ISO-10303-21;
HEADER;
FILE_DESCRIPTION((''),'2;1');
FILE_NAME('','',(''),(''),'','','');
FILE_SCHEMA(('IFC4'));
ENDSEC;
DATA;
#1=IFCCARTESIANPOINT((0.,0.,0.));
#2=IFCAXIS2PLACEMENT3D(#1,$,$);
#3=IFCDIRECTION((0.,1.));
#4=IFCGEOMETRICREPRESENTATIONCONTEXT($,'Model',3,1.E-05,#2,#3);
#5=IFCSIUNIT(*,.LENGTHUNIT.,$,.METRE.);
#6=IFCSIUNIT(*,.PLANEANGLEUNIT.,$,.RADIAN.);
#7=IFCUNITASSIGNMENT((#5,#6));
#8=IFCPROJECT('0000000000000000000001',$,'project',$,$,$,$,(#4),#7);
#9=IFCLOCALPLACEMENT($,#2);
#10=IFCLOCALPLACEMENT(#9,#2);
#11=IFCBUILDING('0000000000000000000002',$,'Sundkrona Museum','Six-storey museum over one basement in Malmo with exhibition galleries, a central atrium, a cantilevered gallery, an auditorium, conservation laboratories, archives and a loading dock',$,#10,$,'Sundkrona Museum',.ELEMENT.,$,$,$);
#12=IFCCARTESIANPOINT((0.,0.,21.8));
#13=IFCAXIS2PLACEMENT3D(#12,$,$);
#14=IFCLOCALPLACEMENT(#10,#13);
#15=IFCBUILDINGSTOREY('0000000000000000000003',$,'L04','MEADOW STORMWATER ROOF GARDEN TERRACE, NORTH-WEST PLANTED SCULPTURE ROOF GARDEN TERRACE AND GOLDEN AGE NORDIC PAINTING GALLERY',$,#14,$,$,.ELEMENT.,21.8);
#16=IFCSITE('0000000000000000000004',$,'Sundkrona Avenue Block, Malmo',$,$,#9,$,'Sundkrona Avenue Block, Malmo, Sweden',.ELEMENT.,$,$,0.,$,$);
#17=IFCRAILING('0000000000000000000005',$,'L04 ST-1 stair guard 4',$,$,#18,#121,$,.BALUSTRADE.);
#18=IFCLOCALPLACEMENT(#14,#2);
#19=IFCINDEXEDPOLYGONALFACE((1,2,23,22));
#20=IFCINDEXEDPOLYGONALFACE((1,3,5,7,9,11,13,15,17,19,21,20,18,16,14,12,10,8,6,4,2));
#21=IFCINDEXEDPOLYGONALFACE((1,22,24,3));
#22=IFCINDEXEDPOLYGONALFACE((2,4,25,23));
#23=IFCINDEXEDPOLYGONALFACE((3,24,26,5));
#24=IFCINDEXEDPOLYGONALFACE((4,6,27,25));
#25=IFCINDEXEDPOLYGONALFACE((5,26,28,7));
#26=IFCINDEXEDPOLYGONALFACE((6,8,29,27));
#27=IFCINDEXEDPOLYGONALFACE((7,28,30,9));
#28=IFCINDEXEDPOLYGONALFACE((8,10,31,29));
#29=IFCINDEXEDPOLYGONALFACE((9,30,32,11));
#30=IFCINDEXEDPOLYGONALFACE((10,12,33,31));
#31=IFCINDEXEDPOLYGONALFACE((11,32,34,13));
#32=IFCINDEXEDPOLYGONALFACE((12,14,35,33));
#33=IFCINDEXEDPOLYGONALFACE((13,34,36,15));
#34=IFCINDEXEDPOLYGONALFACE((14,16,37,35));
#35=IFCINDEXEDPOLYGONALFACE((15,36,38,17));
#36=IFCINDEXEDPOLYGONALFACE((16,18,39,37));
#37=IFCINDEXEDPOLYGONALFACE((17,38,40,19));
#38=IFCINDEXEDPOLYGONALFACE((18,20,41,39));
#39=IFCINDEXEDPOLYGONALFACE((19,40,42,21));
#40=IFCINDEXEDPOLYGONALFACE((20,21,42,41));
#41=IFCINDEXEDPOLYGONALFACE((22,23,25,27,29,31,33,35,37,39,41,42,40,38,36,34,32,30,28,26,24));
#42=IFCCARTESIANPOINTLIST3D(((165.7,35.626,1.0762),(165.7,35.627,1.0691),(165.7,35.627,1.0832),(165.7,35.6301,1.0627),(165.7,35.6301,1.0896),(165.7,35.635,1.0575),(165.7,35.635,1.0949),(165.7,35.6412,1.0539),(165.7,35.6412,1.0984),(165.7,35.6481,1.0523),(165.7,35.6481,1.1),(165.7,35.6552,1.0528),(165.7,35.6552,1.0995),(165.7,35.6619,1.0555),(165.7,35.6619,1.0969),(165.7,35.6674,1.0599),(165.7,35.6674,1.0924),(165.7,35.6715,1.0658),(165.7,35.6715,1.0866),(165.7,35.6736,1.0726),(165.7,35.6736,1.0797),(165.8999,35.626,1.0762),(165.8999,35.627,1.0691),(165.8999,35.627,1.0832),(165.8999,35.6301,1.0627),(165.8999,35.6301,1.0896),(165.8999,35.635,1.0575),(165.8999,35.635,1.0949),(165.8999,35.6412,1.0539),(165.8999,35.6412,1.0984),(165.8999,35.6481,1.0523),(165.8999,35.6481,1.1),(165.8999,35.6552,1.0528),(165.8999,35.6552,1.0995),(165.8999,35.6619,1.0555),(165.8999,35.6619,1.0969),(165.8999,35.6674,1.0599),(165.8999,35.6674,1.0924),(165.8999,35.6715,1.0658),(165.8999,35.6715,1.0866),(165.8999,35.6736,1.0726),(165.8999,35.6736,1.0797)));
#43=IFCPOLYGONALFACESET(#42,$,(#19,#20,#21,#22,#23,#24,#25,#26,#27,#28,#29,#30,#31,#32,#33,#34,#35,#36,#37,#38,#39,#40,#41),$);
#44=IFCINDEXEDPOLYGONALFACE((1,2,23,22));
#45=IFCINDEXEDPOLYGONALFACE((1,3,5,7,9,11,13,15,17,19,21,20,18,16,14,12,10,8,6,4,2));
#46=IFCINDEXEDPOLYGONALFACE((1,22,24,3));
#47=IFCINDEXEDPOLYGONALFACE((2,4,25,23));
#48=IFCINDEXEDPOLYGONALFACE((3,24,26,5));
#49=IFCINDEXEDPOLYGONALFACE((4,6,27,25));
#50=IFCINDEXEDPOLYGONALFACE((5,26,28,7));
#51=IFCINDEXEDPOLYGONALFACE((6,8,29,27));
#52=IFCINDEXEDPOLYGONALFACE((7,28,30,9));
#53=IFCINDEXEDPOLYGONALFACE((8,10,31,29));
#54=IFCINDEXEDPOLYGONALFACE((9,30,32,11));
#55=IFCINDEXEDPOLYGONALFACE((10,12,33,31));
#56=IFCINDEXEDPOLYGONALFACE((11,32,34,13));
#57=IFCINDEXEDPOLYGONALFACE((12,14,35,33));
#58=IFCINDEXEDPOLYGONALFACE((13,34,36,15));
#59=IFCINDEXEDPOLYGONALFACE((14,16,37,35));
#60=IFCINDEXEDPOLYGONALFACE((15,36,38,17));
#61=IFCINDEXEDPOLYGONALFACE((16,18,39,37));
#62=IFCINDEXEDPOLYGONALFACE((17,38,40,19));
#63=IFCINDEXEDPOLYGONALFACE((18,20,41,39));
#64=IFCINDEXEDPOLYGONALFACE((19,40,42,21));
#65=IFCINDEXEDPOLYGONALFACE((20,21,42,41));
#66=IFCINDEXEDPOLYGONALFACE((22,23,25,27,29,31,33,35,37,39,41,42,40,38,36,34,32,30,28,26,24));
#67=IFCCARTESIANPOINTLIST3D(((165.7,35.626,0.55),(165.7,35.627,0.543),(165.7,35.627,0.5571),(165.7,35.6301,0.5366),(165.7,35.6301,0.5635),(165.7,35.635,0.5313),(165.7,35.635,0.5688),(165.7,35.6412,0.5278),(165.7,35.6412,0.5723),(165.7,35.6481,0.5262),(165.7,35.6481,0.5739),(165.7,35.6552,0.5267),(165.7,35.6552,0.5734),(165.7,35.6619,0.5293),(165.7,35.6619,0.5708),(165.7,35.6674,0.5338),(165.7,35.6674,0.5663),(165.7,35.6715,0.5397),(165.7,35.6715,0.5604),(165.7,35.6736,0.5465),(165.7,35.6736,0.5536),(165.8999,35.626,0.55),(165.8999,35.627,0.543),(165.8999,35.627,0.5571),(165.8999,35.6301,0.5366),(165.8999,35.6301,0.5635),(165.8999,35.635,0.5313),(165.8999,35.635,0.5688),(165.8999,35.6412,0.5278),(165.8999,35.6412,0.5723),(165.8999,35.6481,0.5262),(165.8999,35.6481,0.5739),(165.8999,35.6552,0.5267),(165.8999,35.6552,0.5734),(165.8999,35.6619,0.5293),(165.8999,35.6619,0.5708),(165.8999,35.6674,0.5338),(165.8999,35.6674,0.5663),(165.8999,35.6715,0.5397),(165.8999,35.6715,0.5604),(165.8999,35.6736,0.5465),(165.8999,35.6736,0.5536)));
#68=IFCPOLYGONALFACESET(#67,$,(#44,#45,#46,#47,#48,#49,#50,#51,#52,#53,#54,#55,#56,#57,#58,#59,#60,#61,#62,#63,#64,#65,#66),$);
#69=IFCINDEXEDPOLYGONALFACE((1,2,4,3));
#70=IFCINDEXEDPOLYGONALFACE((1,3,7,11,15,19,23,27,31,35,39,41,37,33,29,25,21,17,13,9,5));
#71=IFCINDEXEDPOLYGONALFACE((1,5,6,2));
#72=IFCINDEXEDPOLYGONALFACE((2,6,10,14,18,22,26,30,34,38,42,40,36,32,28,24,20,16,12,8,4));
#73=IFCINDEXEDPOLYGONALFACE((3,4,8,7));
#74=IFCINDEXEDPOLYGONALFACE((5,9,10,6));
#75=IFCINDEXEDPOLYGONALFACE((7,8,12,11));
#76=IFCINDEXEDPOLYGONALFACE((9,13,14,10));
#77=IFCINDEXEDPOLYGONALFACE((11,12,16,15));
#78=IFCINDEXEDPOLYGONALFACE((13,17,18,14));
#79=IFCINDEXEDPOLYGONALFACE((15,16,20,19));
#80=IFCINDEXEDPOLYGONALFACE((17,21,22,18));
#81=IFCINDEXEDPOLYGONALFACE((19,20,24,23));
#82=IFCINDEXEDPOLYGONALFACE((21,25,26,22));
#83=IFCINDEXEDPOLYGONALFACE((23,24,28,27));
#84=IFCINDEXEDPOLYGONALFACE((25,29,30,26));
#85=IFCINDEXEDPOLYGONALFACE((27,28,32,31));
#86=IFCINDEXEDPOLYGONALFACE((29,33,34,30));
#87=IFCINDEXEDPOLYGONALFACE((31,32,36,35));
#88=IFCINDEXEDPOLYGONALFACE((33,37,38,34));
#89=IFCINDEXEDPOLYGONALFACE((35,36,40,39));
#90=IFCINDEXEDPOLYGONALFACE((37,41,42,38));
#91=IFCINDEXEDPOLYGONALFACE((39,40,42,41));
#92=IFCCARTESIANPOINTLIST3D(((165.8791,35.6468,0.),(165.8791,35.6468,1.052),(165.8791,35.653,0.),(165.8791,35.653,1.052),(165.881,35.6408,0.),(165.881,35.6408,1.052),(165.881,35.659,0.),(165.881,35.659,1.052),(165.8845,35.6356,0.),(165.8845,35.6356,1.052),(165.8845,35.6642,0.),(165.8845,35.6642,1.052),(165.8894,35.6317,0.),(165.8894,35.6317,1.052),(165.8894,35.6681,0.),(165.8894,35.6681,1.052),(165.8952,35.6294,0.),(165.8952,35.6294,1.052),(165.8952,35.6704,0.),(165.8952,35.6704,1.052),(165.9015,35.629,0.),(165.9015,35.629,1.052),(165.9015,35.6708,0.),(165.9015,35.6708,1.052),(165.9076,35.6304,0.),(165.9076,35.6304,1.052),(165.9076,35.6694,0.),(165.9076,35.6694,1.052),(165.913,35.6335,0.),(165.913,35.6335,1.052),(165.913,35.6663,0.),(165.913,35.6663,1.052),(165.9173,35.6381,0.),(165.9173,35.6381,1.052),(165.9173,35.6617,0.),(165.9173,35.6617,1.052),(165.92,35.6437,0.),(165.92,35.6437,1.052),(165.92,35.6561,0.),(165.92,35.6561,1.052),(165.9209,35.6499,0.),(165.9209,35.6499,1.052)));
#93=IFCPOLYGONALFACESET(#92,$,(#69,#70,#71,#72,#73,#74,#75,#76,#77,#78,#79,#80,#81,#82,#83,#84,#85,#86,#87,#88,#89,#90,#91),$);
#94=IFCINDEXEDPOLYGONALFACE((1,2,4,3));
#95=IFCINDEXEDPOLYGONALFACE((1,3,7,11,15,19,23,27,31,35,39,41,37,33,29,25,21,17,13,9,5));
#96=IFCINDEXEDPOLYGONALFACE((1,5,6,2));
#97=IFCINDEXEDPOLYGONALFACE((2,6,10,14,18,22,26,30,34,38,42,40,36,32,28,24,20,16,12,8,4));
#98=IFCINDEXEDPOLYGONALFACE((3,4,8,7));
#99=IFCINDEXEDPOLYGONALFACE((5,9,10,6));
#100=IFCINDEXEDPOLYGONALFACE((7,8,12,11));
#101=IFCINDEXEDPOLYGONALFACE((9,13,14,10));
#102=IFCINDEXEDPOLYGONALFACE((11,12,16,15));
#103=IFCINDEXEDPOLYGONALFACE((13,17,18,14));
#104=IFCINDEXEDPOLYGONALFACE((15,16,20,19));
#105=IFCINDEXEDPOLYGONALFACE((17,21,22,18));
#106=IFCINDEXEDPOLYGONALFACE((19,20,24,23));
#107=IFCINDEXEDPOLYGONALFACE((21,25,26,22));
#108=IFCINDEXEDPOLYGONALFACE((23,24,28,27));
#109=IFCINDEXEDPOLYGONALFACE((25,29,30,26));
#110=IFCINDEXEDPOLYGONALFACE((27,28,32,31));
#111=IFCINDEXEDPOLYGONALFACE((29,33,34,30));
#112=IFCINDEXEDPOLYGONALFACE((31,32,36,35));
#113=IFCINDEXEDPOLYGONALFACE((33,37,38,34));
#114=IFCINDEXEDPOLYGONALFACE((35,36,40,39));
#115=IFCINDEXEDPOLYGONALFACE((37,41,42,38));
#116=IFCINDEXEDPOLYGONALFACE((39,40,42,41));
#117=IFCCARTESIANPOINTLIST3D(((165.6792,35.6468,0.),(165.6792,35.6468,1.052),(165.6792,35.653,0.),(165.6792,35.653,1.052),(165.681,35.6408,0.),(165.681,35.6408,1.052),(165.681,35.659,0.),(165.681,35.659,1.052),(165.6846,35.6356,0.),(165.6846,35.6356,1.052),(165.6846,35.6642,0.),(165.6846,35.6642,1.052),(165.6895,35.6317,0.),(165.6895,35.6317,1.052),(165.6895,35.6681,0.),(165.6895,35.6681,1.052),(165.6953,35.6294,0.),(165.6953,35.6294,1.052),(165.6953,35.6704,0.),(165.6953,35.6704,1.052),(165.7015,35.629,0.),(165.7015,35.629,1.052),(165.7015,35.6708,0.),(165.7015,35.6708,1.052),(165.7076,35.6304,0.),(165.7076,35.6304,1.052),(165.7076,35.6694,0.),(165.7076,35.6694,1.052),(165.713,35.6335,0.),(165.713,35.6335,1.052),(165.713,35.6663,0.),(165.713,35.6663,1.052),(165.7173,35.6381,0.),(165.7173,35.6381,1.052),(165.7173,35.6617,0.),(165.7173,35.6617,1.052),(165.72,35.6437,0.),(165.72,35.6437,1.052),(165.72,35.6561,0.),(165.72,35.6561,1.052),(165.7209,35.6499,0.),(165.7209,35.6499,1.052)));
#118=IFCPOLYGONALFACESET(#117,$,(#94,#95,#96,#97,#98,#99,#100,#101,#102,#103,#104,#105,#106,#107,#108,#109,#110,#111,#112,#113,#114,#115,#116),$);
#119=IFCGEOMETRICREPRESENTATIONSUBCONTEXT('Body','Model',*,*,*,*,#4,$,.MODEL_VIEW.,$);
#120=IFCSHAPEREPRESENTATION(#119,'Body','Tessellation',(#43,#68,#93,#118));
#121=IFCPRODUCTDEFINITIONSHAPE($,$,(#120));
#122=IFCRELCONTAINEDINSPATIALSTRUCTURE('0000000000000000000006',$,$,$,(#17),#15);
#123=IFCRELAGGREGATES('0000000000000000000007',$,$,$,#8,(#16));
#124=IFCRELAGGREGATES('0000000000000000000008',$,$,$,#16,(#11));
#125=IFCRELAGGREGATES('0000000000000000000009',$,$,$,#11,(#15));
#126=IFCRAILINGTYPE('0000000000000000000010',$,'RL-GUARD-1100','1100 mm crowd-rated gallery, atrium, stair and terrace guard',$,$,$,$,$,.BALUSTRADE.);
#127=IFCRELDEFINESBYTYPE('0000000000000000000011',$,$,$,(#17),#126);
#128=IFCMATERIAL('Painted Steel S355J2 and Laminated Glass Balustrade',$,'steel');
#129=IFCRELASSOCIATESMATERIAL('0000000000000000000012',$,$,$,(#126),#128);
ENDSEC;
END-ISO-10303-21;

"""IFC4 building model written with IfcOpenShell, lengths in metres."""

from ifc_helpers import new_model, si_unit, direction, frame, origin, origin_2d, place, context, subcontext, project, spatial, circle, extrude, material, type_object, element, save


model = new_model("IFC4")

# Units and contexts
model_context = context("Model", 3, precision=1e-05, world=origin(), true_north=direction((0.0, 1.0)))
body_context = subcontext(model_context, "Body", "Model", "MODEL_VIEW")
ifc_project = project(units=[si_unit("LENGTHUNIT", "METRE"), si_unit("PLANEANGLEUNIT", "RADIAN")], contexts=[model_context])

# Site, building, storey
site_placement = place(None, origin())
site = spatial("IfcSite", under=ifc_project, at=site_placement, Name="Sundkrona Avenue Block, Malmo", LongName="Sundkrona Avenue Block, Malmo, Sweden", CompositionType="ELEMENT", RefElevation=0.0)
building_placement = place(site_placement, origin())
building = spatial("IfcBuilding", under=site, at=building_placement, Name="Sundkrona Museum", Description="Six-storey museum over one basement in Malmo with exhibition galleries, a central atrium, a cantilevered gallery, an auditorium, conservation laboratories, archives and a loading dock", LongName="Sundkrona Museum", CompositionType="ELEMENT")
storey_placement = place(building_placement, frame((0.0, 0.0, 21.8)))
storey = spatial("IfcBuildingStorey", under=building, at=storey_placement, Name="L04", Description="MEADOW STORMWATER ROOF GARDEN TERRACE, NORTH-WEST PLANTED SCULPTURE ROOF GARDEN TERRACE AND GOLDEN AGE NORDIC PAINTING GALLERY", CompositionType="ELEMENT", Elevation=21.8)

# Railing
ifc_material_1 = material(Name="Painted Steel S355J2 and Laminated Glass Balustrade", Category="steel")
railing_type_1 = type_object("IfcRailingType", Name="RL-GUARD-1100", Description="1100 mm crowd-rated gallery, atrium, stair and terrace guard", PredefinedType="BALUSTRADE", material=ifc_material_1)
railing_1_placement = place(storey_placement, frame((165.8999, 35.6499, 0.0)))
element("IfcRailing", 1, at=railing_1_placement, inside=storey, type_object=railing_type_1, Name="L04 ST-1 stair guard 4", PredefinedType="BALUSTRADE", context=body_context, shape_type="SweptSolid", body=[
    extrude(circle(Radius=0.0239, at=origin_2d()), frame((0.0, 0.0, 1.0762), z_axis=(-1.0, 0.0, 0.0), x_axis=(0.0, -1.0, 0.0)), (0.0, 0.0, 1.0), 0.2),
    extrude(circle(Radius=0.0239, at=origin_2d()), frame((0.0, 0.0, 0.55), z_axis=(-1.0, 0.0, 0.0), x_axis=(0.0, -1.0, 0.0)), (0.0, 0.0, 1.0), 0.2),
    extrude(circle(Radius=0.021, at=origin_2d()), origin(), (0.0, 0.0, 1.0), 1.052),
    extrude(circle(Radius=0.021, at=origin_2d()), frame((-0.2, 0.0, 0.0)), (0.0, 0.0, 1.0), 1.052),
])

save(model, "model.ifc")
